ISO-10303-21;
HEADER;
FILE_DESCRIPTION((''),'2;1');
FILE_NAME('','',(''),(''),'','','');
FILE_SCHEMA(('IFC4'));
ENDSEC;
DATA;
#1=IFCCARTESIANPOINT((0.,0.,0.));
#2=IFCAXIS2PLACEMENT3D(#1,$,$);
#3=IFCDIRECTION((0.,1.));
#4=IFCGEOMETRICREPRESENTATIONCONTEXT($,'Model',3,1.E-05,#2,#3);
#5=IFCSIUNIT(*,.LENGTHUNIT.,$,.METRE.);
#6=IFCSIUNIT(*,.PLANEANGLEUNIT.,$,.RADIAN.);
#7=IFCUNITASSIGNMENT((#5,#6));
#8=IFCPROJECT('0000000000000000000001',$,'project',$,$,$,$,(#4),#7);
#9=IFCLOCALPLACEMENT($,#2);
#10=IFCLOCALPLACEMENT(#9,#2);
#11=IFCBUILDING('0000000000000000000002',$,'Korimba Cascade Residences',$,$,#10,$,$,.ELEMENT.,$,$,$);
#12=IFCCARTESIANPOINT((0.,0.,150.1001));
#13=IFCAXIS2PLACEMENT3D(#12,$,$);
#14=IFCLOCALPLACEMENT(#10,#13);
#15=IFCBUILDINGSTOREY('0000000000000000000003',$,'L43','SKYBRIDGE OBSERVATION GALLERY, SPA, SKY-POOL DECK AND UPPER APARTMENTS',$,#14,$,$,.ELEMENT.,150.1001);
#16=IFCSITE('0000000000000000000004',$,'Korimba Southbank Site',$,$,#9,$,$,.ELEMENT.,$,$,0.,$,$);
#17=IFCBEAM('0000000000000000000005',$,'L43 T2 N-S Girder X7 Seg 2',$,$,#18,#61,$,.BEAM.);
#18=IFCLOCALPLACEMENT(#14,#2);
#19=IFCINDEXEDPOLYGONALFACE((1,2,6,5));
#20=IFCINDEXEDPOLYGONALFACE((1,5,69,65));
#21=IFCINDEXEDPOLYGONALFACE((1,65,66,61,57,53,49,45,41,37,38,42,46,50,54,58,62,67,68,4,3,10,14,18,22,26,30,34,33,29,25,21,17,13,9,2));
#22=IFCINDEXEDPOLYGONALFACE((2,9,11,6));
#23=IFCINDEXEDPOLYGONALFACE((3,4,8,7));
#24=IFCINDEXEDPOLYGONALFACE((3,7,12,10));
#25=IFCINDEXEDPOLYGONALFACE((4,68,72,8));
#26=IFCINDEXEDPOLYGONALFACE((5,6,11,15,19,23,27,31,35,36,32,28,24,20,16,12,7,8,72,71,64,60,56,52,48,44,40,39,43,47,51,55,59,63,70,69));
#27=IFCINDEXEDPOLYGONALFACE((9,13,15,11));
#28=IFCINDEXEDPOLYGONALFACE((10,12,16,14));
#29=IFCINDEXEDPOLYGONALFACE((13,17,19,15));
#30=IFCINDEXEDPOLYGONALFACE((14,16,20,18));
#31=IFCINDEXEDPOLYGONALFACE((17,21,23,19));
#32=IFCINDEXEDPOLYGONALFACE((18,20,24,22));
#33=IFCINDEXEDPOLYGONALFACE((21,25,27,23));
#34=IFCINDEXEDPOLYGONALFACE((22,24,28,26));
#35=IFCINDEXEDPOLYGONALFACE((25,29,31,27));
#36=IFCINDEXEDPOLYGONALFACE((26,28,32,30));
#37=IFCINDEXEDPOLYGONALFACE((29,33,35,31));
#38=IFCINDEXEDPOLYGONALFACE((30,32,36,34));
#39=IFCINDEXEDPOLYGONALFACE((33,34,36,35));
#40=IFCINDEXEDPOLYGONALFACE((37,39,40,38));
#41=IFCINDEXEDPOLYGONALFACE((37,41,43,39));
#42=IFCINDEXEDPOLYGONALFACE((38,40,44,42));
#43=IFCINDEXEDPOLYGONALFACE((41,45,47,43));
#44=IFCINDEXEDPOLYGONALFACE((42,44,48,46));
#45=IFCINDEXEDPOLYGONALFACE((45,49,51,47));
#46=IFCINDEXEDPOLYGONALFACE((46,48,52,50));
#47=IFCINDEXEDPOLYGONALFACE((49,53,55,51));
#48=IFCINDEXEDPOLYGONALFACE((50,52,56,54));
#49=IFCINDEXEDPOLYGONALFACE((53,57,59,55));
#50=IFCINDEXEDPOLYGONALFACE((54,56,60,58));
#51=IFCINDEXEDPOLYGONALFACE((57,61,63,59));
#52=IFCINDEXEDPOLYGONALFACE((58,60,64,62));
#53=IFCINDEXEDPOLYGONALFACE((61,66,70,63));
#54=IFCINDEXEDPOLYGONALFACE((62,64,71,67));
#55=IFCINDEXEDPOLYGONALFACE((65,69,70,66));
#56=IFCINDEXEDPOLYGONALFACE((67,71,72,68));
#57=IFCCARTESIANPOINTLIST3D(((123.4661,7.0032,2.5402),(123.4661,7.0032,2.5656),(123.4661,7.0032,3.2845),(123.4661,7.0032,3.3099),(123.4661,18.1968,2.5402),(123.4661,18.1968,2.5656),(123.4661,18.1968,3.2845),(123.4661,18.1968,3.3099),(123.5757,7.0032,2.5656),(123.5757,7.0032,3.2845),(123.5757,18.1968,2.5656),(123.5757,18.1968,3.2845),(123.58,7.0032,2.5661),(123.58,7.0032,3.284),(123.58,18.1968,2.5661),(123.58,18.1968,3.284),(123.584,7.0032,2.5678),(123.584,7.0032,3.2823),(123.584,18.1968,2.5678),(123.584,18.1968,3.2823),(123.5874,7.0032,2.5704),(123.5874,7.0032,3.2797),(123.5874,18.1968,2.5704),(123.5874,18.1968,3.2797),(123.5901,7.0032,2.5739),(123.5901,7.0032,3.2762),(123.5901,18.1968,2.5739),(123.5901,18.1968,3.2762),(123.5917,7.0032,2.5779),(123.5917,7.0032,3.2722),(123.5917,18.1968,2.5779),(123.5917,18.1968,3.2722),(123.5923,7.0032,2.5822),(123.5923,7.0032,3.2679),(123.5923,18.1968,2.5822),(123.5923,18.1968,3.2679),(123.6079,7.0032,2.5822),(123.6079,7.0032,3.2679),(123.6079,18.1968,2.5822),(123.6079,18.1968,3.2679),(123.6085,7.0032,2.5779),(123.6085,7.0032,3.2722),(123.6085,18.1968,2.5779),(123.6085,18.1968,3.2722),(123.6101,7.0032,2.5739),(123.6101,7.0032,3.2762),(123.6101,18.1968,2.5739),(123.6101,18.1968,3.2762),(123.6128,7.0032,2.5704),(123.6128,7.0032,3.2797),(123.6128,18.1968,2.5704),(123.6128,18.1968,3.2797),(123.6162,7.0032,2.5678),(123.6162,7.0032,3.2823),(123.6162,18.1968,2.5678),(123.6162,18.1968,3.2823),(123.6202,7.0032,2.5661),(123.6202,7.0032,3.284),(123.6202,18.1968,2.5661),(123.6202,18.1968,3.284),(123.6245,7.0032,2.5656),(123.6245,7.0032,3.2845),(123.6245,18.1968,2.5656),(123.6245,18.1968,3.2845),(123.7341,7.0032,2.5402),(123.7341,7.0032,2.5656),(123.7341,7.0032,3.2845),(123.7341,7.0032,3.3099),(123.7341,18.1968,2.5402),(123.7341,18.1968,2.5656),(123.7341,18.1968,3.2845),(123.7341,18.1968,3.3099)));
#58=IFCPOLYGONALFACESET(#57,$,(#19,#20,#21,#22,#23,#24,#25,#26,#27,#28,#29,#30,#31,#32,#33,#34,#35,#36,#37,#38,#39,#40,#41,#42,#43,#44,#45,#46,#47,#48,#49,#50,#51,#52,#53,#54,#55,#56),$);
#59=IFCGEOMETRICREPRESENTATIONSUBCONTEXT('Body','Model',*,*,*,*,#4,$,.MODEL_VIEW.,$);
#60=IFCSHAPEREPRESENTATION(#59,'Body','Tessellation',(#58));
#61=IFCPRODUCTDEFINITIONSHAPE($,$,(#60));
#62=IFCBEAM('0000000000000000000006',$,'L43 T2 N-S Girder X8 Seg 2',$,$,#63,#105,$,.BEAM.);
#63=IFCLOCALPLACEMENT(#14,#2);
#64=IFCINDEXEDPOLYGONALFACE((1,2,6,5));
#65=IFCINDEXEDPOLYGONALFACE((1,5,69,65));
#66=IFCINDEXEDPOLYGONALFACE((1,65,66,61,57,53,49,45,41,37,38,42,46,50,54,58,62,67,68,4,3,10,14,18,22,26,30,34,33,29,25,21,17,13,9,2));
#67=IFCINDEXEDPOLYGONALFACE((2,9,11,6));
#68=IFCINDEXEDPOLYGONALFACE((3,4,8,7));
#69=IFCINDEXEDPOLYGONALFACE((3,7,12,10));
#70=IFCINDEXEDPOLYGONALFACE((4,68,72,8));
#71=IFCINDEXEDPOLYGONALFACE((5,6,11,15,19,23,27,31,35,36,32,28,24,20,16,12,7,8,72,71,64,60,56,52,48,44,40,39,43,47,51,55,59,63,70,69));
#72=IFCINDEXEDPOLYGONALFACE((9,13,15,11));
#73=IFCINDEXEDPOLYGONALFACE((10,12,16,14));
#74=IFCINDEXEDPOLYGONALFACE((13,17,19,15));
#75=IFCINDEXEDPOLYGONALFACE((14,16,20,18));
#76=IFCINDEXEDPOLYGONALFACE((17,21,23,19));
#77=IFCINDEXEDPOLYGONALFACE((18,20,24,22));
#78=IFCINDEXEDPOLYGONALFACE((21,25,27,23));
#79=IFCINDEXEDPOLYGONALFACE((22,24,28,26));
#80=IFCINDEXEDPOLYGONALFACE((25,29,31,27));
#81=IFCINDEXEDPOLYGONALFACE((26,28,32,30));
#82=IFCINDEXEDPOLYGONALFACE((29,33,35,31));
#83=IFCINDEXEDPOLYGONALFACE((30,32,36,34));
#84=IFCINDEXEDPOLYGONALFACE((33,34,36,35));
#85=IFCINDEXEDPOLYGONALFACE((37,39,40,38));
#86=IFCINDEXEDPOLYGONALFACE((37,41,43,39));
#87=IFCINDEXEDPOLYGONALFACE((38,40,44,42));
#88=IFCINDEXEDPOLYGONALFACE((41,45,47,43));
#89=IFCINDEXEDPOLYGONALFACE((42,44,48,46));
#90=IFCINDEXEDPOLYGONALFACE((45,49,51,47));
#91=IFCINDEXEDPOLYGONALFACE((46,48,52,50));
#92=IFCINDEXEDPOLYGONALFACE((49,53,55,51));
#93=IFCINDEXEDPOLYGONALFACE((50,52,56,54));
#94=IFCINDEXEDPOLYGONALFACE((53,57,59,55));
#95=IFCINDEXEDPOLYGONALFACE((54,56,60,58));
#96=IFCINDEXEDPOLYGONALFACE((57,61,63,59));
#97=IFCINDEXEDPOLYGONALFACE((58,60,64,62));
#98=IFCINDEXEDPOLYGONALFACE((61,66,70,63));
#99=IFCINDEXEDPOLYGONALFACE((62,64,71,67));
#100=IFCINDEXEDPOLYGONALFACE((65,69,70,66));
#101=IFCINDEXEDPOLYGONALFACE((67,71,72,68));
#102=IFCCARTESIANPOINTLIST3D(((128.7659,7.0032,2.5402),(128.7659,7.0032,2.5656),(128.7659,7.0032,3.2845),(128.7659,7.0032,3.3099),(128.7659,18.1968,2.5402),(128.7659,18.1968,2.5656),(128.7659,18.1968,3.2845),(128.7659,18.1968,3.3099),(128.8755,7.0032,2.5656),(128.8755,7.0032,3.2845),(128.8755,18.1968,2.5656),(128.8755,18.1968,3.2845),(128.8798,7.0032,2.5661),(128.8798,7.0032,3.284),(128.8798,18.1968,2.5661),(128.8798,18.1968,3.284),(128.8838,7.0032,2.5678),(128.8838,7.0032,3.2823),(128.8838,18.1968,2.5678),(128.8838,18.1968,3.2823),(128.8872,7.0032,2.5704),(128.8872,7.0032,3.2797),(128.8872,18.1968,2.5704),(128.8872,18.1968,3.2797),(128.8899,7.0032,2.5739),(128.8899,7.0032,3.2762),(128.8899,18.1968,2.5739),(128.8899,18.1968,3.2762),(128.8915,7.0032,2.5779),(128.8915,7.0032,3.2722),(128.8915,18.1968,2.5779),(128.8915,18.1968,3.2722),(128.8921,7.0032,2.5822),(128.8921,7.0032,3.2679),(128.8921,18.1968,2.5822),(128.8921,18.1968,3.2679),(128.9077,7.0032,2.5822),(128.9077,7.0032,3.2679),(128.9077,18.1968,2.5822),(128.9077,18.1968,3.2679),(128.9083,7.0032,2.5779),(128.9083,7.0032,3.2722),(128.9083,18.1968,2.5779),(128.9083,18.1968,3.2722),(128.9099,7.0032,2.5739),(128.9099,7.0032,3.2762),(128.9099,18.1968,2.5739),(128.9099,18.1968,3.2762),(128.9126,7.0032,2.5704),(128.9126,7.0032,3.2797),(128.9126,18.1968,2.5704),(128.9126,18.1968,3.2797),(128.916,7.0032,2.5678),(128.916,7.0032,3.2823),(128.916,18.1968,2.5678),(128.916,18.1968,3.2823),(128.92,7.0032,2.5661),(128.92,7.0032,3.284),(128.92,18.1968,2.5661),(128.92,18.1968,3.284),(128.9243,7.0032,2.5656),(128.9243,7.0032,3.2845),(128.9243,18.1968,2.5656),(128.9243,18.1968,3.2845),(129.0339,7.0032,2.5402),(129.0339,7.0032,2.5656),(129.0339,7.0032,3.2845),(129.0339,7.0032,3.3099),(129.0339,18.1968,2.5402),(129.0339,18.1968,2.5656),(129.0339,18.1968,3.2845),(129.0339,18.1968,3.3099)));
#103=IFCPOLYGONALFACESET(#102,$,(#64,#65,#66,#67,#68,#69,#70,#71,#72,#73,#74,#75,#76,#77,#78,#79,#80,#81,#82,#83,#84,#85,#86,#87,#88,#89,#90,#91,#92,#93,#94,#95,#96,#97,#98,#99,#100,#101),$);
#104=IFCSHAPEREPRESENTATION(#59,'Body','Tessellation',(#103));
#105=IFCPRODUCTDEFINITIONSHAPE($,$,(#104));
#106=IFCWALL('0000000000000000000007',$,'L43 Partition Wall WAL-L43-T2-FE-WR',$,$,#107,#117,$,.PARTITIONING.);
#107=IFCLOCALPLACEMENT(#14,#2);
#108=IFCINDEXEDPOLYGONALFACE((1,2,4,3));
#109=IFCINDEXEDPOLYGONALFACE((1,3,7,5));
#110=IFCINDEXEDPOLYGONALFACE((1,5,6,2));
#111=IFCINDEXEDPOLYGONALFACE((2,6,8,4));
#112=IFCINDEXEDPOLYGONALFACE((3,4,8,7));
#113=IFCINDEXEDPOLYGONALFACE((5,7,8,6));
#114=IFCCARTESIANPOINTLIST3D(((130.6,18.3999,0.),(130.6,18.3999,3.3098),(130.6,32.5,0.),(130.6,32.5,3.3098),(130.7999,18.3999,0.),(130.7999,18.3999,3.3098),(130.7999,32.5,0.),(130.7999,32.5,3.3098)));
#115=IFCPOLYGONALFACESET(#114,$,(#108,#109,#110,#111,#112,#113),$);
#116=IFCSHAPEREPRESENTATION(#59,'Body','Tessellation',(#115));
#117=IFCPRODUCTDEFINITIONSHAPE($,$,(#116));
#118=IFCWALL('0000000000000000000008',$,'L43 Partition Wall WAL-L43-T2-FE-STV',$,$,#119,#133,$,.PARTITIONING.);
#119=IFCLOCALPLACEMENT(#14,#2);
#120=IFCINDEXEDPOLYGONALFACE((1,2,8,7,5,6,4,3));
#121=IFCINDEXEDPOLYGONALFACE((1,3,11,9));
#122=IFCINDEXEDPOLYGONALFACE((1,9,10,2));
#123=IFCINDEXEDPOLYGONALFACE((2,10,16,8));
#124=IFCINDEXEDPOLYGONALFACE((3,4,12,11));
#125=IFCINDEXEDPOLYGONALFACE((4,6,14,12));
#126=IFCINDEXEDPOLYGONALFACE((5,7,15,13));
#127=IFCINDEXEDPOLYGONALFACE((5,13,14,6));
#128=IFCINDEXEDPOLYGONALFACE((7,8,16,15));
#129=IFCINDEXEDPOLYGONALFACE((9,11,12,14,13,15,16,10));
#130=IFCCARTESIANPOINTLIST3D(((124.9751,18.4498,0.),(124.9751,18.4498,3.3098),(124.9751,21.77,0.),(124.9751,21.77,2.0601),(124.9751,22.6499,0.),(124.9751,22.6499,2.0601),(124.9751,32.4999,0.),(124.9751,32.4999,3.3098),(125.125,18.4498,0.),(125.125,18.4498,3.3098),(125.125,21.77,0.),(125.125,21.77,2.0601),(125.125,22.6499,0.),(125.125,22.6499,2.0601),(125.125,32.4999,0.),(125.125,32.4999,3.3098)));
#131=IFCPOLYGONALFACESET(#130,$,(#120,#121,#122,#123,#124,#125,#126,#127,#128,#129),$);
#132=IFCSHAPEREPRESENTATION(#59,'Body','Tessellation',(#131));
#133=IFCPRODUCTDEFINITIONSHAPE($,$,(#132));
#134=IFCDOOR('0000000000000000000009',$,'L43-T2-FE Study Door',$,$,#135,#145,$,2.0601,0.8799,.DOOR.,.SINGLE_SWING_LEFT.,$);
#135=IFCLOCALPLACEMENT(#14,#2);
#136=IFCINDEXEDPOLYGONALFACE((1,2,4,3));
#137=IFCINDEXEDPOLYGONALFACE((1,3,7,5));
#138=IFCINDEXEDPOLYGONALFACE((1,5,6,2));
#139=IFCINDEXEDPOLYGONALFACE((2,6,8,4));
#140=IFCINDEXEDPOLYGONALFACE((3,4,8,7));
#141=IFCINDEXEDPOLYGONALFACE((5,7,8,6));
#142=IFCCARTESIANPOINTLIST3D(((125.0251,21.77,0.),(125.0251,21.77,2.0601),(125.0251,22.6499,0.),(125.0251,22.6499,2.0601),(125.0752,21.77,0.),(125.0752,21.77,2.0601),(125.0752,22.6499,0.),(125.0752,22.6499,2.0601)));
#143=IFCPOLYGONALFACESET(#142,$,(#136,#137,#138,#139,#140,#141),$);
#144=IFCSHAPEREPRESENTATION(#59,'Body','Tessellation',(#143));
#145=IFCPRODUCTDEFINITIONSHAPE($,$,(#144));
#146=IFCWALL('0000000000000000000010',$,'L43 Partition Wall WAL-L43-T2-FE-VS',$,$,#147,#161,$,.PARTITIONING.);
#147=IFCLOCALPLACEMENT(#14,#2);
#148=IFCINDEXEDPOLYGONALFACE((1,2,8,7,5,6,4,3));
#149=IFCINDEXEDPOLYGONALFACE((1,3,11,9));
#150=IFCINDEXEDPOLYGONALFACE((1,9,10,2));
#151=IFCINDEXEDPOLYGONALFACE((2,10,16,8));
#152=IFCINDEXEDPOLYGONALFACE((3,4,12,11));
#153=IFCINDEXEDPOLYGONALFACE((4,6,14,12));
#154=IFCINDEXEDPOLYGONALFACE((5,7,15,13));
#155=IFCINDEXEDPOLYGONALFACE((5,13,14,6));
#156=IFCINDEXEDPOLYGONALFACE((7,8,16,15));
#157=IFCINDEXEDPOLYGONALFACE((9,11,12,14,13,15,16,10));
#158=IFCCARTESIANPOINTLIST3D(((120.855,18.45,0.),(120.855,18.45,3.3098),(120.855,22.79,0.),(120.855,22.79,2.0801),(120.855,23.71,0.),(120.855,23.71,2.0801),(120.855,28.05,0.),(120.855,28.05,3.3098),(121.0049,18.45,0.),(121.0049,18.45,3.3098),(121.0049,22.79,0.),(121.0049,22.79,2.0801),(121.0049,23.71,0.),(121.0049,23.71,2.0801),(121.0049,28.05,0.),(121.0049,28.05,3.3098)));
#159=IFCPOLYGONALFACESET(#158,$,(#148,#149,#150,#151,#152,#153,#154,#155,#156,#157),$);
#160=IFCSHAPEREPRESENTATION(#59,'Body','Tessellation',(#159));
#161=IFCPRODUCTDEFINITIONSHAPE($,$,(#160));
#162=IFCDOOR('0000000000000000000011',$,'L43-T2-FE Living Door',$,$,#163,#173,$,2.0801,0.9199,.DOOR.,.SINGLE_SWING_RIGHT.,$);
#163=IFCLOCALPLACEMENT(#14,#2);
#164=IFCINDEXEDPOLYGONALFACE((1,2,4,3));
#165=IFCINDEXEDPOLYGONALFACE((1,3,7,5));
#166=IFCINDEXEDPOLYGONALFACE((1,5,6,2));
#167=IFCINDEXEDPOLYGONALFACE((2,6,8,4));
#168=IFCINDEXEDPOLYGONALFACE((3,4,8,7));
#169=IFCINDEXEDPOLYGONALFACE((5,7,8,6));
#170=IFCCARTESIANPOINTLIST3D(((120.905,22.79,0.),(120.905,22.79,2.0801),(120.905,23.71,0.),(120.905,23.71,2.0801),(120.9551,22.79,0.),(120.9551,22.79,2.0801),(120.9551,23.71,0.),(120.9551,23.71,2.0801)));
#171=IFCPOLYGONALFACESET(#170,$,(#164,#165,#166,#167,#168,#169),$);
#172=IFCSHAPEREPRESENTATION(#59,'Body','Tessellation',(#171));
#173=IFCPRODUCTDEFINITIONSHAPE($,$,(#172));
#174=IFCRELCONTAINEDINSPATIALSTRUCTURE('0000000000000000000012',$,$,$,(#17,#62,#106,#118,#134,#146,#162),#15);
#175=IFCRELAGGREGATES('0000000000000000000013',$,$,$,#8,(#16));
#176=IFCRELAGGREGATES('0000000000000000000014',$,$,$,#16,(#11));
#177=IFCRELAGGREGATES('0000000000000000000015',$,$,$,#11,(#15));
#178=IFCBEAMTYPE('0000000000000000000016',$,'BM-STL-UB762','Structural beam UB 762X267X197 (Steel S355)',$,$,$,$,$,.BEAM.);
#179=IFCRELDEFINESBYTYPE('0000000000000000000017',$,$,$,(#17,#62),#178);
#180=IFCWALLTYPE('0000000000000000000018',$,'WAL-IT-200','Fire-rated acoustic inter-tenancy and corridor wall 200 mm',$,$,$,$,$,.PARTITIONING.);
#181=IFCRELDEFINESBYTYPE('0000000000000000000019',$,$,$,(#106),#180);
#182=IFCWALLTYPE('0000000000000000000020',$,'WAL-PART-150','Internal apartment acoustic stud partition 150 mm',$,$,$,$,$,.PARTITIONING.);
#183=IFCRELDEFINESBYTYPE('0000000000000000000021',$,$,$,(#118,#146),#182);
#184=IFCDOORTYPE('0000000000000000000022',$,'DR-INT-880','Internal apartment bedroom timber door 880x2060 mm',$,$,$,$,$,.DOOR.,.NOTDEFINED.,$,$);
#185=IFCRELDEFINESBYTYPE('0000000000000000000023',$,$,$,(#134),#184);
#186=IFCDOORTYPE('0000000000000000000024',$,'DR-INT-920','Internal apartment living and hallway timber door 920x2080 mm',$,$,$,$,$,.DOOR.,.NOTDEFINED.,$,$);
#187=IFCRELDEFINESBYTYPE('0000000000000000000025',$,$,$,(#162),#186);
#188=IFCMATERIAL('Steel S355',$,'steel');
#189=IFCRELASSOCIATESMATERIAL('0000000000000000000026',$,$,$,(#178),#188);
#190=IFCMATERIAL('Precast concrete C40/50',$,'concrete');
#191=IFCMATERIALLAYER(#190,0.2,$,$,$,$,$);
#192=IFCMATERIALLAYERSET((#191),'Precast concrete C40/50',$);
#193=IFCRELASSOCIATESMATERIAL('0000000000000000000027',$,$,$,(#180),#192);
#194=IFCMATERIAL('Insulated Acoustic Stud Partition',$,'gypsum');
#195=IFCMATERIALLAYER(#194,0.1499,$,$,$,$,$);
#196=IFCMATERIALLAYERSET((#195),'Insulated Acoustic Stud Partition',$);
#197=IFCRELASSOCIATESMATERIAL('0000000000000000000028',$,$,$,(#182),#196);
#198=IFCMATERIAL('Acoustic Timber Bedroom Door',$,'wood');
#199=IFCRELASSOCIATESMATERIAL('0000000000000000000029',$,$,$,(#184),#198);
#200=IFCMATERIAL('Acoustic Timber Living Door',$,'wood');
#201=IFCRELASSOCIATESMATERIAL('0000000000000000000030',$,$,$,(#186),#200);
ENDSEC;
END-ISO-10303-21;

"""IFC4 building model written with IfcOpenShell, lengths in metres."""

from ifc_helpers import new_model, si_unit, direction, frame, frame_2d, origin, origin_2d, place, context, subcontext, project, spatial, rectangle, i_section, extrude, material, layer, layer_set, material_profile, profile_set, type_object, element, fill, save


model = new_model("IFC4")

# Units and contexts
model_context = context("Model", 3, precision=1e-05, world=origin(), true_north=direction((0.0, 1.0)))
body_context = subcontext(model_context, "Body", "Model", "MODEL_VIEW")
ifc_project = project(units=[si_unit("LENGTHUNIT", "METRE"), si_unit("PLANEANGLEUNIT", "RADIAN")], contexts=[model_context])

# Site, building, storey
site_placement = place(None, origin())
site = spatial("IfcSite", under=ifc_project, at=site_placement, Name="Korimba Southbank Site", CompositionType="ELEMENT", RefElevation=0.0)
building_placement = place(site_placement, origin())
building = spatial("IfcBuilding", under=site, at=building_placement, Name="Korimba Cascade Residences", CompositionType="ELEMENT")
storey_placement = place(building_placement, frame((0.0, 0.0, 150.1001)))
storey = spatial("IfcBuildingStorey", under=building, at=storey_placement, Name="L43", Description="SKYBRIDGE OBSERVATION GALLERY, SPA, SKY-POOL DECK AND UPPER APARTMENTS", CompositionType="ELEMENT", Elevation=150.1001)

# Beams
ifc_material_1 = material(Name="Steel S355", Category="steel")
ifc_material_profile_1 = material_profile(ifc_material_1, i_section(OverallWidth=0.2681, OverallDepth=0.7698, WebThickness=0.0156, FlangeThickness=0.0254, FilletRadius=0.0166, at=origin_2d()), Name="Steel S355")
ifc_profile_set_1 = profile_set([ifc_material_profile_1], Name="Steel S355")
beam_type_1 = type_object("IfcBeamType", Name="BM-STL-UB762", Description="Structural beam UB 762X267X197 (Steel S355)", PredefinedType="BEAM", material=ifc_profile_set_1)
for number, where, z_axis, x_axis, name in (
    (1, (123.6001, 7.0032, 2.925), (0.0, 1.0, 0.0), (-1.0, 0.0, 0.0), "L43 T2 N-S Girder X7 Seg 2"),
    (2, (128.8999, 7.0032, 2.925), (0.0, 1.0, 0.0), (-1.0, 0.0, 0.0), "L43 T2 N-S Girder X8 Seg 2"),
):
    element("IfcBeam", number, at=place(storey_placement, frame(where, z_axis=z_axis, x_axis=x_axis)), inside=storey, type_object=beam_type_1, Name=name, PredefinedType="BEAM", context=body_context, shape_type="SweptSolid", body=[
        extrude(i_section(OverallWidth=0.2681, OverallDepth=0.7698, WebThickness=0.0156, FlangeThickness=0.0254, FilletRadius=0.0166, at=origin_2d()), origin(), (0.0, 0.0, 1.0), 11.1936),
    ])

# Wall
ifc_material_2 = material(Name="Precast concrete C40/50", Category="concrete")
ifc_layer_1 = layer(ifc_material_2, 0.2)
ifc_layer_set_1 = layer_set([ifc_layer_1], Name="Precast concrete C40/50")
wall_type_1 = type_object("IfcWallType", Name="WAL-IT-200", Description="Fire-rated acoustic inter-tenancy and corridor wall 200 mm", PredefinedType="PARTITIONING", material=ifc_layer_set_1)
wall_1_placement = place(storey_placement, frame((130.7, 18.3999, 0.0), z_axis=(0.0, 0.0, 1.0), x_axis=(0.0, 1.0, 0.0)))
element("IfcWall", 3, at=wall_1_placement, inside=storey, type_object=wall_type_1, Name="L43 Partition Wall WAL-L43-T2-FE-WR", PredefinedType="PARTITIONING", context=body_context, shape_type="SweptSolid", body=[
    extrude(rectangle(XDim=14.1001, YDim=0.2, at=frame_2d((7.05, 0.0))), origin(), (0.0, 0.0, 1.0), 3.3098),
])

# Walls, openings, doors
ifc_material_3 = material(Name="Insulated Acoustic Stud Partition", Category="gypsum")
ifc_layer_2 = layer(ifc_material_3, 0.1499)
ifc_layer_set_2 = layer_set([ifc_layer_2], Name="Insulated Acoustic Stud Partition")
wall_type_2 = type_object("IfcWallType", Name="WAL-PART-150", Description="Internal apartment acoustic stud partition 150 mm", PredefinedType="PARTITIONING", material=ifc_layer_set_2)
wall_2_placement = place(storey_placement, frame((125.05, 18.45, 0.0), z_axis=(0.0, 0.0, 1.0), x_axis=(0.0, 1.0, 0.0)))
wall_2 = element("IfcWall", 4, at=wall_2_placement, inside=storey, type_object=wall_type_2, Name="L43 Partition Wall WAL-L43-T2-FE-STV", PredefinedType="PARTITIONING", context=body_context, shape_type="SweptSolid", body=[
    extrude(rectangle(XDim=14.05, YDim=0.1499, at=frame_2d((7.0249, 0.0))), origin(), (0.0, 0.0, 1.0), 3.3098),
])
opening_1_placement = place(wall_2_placement, frame((3.3201, 0.0, 0.0)))
opening_1 = element("IfcOpeningElement", 5, at=opening_1_placement, cuts=wall_2, PredefinedType="OPENING", context=body_context, shape_type="SweptSolid", body=[
    extrude(rectangle(XDim=0.8799, YDim=2.0601, at=frame_2d((0.4399, 1.03))), frame((0.0, 0.085, 0.0), z_axis=(0.0, -1.0, 0.0), x_axis=(1.0, 0.0, 0.0)), (0.0, 0.0, 1.0), 0.1699),
])
ifc_material_4 = material(Name="Acoustic Timber Bedroom Door", Category="wood")
door_type_1 = type_object("IfcDoorType", Name="DR-INT-880", Description="Internal apartment bedroom timber door 880x2060 mm", OperationType="NOTDEFINED", PredefinedType="DOOR", material=ifc_material_4)
door_1_placement = place(opening_1_placement, origin())
door_1 = element("IfcDoor", 6, at=door_1_placement, inside=storey, type_object=door_type_1, Name="L43-T2-FE Study Door", OperationType="SINGLE_SWING_LEFT", OverallHeight=2.0601, OverallWidth=0.8799, PredefinedType="DOOR", context=body_context, shape_type="SweptSolid", body=[
    extrude(rectangle(XDim=0.8799, YDim=2.0601, at=frame_2d((0.4399, 1.03))), frame((0.0, 0.0249, 0.0), z_axis=(0.0, -1.0, 0.0), x_axis=(1.0, 0.0, 0.0)), (0.0, 0.0, 1.0), 0.05),
])
fill(opening_1, door_1)
wall_3_placement = place(storey_placement, frame((120.9299, 18.45, 0.0), z_axis=(0.0, 0.0, 1.0), x_axis=(0.0, 1.0, 0.0)))
wall_3 = element("IfcWall", 7, at=wall_3_placement, inside=storey, type_object=wall_type_2, Name="L43 Partition Wall WAL-L43-T2-FE-VS", PredefinedType="PARTITIONING", context=body_context, shape_type="SweptSolid", body=[
    extrude(rectangle(XDim=9.6001, YDim=0.1499, at=frame_2d((4.8, 0.0))), origin(), (0.0, 0.0, 1.0), 3.3098),
])
opening_2_placement = place(wall_3_placement, frame((4.3401, 0.0, 0.0)))
opening_2 = element("IfcOpeningElement", 8, at=opening_2_placement, cuts=wall_3, PredefinedType="OPENING", context=body_context, shape_type="SweptSolid", body=[
    extrude(rectangle(XDim=0.9199, YDim=2.0801, at=frame_2d((0.46, 1.04))), frame((0.0, 0.085, 0.0), z_axis=(0.0, -1.0, 0.0), x_axis=(1.0, 0.0, 0.0)), (0.0, 0.0, 1.0), 0.1699),
])
ifc_material_5 = material(Name="Acoustic Timber Living Door", Category="wood")
door_type_2 = type_object("IfcDoorType", Name="DR-INT-920", Description="Internal apartment living and hallway timber door 920x2080 mm", OperationType="NOTDEFINED", PredefinedType="DOOR", material=ifc_material_5)
door_2_placement = place(opening_2_placement, origin())
door_2 = element("IfcDoor", 9, at=door_2_placement, inside=storey, type_object=door_type_2, Name="L43-T2-FE Living Door", OperationType="SINGLE_SWING_RIGHT", OverallHeight=2.0801, OverallWidth=0.9199, PredefinedType="DOOR", context=body_context, shape_type="SweptSolid", body=[
    extrude(rectangle(XDim=0.9199, YDim=2.0801, at=frame_2d((0.46, 1.04))), frame((0.0, 0.0249, 0.0), z_axis=(0.0, -1.0, 0.0), x_axis=(1.0, 0.0, 0.0)), (0.0, 0.0, 1.0), 0.05),
])
fill(opening_2, door_2)

save(model, "model.ifc")
